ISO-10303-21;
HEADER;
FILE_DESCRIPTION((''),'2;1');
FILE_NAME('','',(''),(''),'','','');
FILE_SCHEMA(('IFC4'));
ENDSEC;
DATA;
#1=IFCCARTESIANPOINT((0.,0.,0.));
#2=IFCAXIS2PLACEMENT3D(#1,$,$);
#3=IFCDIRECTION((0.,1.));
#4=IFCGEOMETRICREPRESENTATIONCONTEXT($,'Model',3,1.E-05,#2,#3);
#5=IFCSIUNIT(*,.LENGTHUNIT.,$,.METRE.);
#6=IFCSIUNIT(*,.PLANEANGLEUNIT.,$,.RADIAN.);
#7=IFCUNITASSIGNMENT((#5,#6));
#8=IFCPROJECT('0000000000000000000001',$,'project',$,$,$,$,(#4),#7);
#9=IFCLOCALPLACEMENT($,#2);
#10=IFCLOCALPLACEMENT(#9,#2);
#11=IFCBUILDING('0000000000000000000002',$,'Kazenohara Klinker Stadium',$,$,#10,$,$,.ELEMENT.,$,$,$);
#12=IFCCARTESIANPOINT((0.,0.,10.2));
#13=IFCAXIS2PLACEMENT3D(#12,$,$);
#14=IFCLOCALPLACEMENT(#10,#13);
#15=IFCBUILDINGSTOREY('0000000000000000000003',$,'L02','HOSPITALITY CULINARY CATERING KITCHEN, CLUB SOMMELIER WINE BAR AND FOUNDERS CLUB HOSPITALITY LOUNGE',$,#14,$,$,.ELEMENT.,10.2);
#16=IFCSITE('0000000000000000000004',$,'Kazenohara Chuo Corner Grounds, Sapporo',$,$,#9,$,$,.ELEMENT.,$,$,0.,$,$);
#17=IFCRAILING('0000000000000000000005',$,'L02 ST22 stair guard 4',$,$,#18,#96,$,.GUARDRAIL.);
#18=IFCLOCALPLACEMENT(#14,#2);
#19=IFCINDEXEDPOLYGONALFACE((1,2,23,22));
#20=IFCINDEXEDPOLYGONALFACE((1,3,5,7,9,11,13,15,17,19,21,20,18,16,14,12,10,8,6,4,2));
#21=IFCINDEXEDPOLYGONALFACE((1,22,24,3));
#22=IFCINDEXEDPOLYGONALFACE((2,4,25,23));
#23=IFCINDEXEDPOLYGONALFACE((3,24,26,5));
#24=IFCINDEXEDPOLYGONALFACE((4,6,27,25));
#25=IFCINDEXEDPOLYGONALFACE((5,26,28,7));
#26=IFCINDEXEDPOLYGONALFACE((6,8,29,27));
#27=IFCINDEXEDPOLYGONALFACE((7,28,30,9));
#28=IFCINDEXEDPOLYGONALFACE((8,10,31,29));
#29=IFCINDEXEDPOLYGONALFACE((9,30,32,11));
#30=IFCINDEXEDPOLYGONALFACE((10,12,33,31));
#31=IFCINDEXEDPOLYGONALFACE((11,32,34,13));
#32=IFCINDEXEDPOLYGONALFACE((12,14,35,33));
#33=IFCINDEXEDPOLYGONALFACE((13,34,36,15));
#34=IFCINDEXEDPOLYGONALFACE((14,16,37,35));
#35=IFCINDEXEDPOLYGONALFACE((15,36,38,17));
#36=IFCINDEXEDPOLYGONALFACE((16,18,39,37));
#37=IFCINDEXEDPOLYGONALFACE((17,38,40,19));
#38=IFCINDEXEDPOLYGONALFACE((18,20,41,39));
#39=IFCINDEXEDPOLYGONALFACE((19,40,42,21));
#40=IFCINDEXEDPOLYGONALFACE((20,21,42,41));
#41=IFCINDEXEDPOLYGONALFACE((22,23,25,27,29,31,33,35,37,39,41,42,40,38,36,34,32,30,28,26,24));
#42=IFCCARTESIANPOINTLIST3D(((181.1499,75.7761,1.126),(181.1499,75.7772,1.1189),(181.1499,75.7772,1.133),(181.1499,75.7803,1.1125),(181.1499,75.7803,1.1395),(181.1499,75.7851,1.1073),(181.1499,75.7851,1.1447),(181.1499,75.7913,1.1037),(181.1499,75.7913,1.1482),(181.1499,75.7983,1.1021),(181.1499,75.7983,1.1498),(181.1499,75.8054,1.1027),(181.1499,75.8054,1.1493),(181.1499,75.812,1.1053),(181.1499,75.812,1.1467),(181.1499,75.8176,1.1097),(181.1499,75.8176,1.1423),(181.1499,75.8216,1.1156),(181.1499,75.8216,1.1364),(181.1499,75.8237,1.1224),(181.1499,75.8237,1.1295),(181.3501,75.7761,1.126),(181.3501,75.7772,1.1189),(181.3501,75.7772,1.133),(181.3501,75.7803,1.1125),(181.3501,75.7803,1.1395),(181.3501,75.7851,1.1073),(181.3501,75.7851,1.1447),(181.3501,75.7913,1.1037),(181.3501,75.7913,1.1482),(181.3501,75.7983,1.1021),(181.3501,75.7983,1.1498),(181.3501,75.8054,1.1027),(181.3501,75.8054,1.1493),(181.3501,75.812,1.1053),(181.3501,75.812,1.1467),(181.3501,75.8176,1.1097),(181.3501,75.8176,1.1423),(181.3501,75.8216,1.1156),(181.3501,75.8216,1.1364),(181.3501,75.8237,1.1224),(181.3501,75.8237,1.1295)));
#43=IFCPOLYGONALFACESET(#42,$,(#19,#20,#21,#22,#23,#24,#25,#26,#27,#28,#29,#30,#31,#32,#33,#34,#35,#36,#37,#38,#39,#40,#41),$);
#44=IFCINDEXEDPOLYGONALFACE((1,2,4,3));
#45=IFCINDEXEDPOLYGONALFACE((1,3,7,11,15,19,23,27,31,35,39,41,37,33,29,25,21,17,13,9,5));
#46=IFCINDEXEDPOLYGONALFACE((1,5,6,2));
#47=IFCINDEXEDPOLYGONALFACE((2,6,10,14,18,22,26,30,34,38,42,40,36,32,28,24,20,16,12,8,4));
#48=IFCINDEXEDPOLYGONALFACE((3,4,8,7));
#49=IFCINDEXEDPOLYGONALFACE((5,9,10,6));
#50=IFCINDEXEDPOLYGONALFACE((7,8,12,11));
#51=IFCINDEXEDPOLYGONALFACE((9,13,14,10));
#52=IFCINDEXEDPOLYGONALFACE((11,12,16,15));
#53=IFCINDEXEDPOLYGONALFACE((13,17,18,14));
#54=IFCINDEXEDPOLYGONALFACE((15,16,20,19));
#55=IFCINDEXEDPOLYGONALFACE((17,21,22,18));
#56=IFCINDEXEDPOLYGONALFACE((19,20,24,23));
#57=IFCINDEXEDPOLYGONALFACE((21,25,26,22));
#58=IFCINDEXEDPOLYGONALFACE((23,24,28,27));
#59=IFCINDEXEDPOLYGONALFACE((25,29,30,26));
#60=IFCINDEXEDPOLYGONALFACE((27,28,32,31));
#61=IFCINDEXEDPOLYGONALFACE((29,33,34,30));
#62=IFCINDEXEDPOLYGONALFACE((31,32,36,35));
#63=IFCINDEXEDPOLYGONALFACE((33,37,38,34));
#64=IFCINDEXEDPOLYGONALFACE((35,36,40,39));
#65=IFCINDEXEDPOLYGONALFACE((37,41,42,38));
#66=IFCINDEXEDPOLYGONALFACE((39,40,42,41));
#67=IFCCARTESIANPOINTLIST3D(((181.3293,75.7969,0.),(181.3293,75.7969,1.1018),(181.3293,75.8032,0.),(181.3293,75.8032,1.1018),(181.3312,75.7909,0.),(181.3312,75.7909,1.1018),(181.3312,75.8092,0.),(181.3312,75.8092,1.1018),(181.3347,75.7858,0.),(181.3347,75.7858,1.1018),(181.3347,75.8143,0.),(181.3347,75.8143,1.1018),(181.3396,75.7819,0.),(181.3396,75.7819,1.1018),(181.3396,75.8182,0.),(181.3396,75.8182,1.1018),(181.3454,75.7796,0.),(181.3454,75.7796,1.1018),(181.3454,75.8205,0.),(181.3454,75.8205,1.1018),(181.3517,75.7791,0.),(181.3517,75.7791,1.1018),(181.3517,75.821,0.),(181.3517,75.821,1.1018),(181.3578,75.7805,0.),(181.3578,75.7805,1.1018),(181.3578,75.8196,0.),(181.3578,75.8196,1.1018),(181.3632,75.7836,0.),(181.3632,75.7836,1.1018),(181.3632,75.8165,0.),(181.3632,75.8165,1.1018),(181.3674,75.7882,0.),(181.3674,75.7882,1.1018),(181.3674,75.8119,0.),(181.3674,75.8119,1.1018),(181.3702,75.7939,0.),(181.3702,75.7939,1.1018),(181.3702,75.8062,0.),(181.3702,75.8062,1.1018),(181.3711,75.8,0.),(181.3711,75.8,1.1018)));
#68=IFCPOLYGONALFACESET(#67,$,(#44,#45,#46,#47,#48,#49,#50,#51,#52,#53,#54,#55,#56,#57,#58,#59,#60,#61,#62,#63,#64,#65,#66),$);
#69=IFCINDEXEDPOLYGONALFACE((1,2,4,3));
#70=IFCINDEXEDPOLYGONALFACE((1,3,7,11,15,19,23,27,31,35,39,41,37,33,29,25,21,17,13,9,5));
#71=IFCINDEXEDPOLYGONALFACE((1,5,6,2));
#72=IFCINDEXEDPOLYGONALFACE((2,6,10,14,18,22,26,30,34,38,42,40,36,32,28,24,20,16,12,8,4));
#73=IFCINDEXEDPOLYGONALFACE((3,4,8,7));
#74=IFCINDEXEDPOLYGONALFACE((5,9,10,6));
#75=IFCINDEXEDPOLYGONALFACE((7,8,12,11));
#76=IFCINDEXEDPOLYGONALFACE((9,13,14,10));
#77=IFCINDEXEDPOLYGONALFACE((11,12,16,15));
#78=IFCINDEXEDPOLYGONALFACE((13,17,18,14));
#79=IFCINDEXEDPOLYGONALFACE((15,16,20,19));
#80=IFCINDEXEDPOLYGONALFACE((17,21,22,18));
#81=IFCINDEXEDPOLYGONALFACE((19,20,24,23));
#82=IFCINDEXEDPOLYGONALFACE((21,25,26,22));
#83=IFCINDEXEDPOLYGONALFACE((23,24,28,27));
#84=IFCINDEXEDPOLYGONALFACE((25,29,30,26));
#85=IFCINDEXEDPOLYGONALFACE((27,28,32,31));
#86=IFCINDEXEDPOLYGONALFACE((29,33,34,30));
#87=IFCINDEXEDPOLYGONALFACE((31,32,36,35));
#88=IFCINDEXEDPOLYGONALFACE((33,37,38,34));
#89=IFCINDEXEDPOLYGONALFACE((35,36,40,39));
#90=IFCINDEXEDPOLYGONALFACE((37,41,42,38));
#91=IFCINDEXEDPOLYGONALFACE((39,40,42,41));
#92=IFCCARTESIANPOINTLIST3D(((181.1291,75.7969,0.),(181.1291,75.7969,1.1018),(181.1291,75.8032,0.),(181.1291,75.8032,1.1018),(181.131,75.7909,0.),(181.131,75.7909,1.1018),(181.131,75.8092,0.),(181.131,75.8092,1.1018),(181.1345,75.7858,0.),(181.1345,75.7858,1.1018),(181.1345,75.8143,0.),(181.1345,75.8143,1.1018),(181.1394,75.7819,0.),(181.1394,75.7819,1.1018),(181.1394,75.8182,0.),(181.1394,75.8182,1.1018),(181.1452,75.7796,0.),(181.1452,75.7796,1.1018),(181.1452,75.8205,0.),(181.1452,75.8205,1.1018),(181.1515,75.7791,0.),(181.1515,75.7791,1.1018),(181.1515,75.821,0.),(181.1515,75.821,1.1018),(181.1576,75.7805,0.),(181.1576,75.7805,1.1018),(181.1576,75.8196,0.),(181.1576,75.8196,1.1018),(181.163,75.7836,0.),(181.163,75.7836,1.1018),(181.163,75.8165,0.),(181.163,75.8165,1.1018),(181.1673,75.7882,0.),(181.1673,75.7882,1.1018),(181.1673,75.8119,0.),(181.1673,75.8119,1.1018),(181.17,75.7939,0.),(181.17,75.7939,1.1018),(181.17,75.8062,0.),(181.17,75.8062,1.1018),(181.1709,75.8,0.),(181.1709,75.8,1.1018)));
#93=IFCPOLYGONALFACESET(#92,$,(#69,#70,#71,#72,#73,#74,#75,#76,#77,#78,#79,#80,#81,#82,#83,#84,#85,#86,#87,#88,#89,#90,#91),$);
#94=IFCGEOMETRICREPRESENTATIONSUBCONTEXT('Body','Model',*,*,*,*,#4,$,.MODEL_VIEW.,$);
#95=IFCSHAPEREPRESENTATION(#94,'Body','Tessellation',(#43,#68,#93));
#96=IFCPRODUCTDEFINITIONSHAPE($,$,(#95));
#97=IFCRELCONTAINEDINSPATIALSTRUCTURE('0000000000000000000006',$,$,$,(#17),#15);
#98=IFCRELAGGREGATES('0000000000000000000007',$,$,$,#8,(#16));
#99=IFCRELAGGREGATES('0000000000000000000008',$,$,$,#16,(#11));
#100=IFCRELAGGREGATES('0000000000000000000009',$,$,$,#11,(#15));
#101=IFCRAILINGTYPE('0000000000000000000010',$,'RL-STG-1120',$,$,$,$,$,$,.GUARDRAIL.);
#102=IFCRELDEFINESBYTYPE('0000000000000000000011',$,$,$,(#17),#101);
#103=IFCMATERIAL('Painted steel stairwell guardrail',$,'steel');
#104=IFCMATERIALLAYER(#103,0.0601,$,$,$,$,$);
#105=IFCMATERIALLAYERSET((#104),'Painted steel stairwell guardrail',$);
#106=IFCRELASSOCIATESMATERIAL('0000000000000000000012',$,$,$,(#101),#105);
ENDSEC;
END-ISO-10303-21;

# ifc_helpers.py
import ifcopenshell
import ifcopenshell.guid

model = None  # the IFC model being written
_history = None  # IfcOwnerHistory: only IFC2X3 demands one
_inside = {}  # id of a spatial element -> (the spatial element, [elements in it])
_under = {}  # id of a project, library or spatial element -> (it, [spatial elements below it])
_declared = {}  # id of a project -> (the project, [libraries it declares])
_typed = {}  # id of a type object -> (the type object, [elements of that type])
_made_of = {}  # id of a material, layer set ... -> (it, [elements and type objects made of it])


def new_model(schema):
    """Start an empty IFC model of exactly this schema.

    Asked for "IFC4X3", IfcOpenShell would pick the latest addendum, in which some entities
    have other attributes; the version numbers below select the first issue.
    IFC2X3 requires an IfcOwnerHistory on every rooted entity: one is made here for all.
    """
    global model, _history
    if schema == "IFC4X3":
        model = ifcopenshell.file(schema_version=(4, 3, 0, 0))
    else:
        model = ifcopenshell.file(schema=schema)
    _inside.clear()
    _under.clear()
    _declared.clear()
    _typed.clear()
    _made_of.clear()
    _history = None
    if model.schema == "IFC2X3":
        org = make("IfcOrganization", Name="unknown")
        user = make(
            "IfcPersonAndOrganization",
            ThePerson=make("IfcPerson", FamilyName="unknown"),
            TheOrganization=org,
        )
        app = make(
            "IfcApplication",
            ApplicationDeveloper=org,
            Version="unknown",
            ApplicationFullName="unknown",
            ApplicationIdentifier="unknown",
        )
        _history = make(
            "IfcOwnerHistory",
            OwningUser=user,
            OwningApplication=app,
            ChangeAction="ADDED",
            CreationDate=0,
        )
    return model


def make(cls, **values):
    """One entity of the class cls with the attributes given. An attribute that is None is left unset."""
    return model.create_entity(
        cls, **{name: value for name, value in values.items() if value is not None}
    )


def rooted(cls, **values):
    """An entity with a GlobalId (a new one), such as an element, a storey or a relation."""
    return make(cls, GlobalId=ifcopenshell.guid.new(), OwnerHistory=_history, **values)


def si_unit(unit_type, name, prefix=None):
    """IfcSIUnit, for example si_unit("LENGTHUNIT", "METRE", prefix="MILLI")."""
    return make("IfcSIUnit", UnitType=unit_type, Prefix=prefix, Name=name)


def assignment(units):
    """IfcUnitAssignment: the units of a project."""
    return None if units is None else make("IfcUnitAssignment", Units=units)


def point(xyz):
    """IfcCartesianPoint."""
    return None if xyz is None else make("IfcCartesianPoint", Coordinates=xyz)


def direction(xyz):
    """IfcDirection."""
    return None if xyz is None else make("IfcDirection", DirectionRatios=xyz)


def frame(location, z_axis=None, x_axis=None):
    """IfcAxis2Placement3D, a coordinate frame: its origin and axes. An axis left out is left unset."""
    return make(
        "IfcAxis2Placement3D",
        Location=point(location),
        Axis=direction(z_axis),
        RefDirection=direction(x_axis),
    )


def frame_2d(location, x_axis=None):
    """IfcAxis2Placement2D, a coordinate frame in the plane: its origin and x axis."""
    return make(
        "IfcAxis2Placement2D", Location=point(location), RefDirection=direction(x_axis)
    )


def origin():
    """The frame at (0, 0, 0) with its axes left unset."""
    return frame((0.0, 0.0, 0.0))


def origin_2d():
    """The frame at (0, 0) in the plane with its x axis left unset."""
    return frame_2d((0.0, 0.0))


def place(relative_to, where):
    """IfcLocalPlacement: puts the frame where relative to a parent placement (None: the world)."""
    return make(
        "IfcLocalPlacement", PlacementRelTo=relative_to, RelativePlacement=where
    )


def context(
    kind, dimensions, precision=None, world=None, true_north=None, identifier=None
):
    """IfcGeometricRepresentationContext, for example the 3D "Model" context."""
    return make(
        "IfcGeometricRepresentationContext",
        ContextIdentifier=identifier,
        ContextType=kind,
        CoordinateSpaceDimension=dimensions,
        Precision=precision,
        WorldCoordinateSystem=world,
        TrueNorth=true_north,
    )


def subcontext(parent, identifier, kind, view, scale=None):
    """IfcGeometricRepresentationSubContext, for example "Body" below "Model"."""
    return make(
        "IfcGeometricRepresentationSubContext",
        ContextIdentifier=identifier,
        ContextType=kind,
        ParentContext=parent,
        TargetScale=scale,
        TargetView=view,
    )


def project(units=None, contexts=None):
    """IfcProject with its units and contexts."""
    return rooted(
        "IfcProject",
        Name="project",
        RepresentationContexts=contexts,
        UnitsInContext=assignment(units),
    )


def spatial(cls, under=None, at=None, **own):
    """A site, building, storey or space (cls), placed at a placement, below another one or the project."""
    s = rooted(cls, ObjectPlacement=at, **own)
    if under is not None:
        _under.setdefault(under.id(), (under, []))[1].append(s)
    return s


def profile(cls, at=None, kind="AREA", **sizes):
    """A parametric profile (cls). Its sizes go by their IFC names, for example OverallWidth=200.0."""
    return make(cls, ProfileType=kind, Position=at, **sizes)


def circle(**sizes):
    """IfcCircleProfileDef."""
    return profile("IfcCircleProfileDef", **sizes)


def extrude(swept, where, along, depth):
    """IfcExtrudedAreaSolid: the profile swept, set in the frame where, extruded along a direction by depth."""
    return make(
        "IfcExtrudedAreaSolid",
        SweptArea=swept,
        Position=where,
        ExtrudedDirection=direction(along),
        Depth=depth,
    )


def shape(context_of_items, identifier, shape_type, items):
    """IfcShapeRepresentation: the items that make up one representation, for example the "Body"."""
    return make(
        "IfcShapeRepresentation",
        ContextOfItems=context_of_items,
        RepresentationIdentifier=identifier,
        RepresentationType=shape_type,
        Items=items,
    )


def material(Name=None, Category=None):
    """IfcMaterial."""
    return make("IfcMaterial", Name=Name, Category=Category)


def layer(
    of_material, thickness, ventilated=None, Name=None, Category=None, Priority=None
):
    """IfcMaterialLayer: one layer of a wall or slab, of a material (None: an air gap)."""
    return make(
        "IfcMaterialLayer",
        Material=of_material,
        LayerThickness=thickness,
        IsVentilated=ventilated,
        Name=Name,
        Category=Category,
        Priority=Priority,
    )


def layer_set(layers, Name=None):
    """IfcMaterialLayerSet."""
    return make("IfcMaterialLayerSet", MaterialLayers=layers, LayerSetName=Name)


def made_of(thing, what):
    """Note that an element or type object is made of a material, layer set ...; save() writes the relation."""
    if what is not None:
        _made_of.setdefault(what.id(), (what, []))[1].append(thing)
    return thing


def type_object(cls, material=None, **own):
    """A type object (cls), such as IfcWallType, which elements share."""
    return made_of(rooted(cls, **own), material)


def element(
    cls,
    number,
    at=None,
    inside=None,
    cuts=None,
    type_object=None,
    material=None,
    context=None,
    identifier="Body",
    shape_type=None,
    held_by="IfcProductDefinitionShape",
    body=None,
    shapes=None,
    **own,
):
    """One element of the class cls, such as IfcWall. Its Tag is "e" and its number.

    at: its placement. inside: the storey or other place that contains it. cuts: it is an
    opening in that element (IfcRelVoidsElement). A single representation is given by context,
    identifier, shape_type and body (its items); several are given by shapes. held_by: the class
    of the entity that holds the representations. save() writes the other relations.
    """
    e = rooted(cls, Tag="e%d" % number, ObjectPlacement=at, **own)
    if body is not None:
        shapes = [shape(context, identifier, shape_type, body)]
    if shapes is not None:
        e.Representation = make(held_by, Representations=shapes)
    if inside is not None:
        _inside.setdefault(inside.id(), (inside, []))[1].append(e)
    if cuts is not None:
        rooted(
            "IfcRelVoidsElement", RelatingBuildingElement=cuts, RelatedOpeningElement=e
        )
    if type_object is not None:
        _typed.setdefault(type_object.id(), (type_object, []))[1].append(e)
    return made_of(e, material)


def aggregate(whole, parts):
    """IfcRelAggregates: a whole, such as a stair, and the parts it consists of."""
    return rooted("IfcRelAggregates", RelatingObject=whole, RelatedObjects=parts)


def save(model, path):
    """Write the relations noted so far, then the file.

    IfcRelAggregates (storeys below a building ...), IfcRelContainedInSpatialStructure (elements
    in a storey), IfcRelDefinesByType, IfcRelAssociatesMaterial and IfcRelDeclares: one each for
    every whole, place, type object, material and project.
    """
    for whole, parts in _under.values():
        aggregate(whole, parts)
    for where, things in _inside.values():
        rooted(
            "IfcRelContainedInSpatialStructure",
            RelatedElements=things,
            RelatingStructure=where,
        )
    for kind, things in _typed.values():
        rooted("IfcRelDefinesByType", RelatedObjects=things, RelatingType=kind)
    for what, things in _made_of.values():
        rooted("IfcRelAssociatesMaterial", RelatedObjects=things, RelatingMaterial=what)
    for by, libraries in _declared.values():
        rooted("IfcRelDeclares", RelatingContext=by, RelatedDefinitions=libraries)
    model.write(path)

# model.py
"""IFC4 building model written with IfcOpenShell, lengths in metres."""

from ifc_helpers import new_model, si_unit, direction, frame, origin, origin_2d, place, context, subcontext, project, spatial, circle, extrude, material, layer, layer_set, type_object, element, save


model = new_model("IFC4")

# Units and contexts
model_context = context("Model", 3, precision=1e-05, world=origin(), true_north=direction((0.0, 1.0)))
body_context = subcontext(model_context, "Body", "Model", "MODEL_VIEW")
ifc_project = project(units=[si_unit("LENGTHUNIT", "METRE"), si_unit("PLANEANGLEUNIT", "RADIAN")], contexts=[model_context])

# Site, building, storey
site_placement = place(None, origin())
site = spatial("IfcSite", under=ifc_project, at=site_placement, Name="Kazenohara Chuo Corner Grounds, Sapporo", CompositionType="ELEMENT", RefElevation=0.0)
building_placement = place(site_placement, origin())
building = spatial("IfcBuilding", under=site, at=building_placement, Name="Kazenohara Klinker Stadium", CompositionType="ELEMENT")
storey_placement = place(building_placement, frame((0.0, 0.0, 10.2)))
storey = spatial("IfcBuildingStorey", under=building, at=storey_placement, Name="L02", Description="HOSPITALITY CULINARY CATERING KITCHEN, CLUB SOMMELIER WINE BAR AND FOUNDERS CLUB HOSPITALITY LOUNGE", CompositionType="ELEMENT", Elevation=10.2)

# Railing
ifc_material_1 = material(Name="Painted steel stairwell guardrail", Category="steel")
ifc_layer_1 = layer(ifc_material_1, 0.0601)
ifc_layer_set_1 = layer_set([ifc_layer_1], Name="Painted steel stairwell guardrail")
railing_type_1 = type_object("IfcRailingType", Name="RL-STG-1120", PredefinedType="GUARDRAIL", material=ifc_layer_set_1)
railing_1_placement = place(storey_placement, frame((181.3501, 75.8, 0.0)))
element("IfcRailing", 1, at=railing_1_placement, inside=storey, type_object=railing_type_1, Name="L02 ST22 stair guard 4", PredefinedType="GUARDRAIL", context=body_context, shape_type="SweptSolid", body=[
    extrude(circle(Radius=0.0239, at=origin_2d()), frame((0.0, 0.0, 1.126), z_axis=(-1.0, 0.0, 0.0), x_axis=(0.0, -1.0, 0.0)), (0.0, 0.0, 1.0), 0.2002),
    extrude(circle(Radius=0.021, at=origin_2d()), origin(), (0.0, 0.0, 1.0), 1.1018),
    extrude(circle(Radius=0.021, at=origin_2d()), frame((-0.2002, 0.0, 0.0)), (0.0, 0.0, 1.0), 1.1018),
])

save(model, "model.ifc")
